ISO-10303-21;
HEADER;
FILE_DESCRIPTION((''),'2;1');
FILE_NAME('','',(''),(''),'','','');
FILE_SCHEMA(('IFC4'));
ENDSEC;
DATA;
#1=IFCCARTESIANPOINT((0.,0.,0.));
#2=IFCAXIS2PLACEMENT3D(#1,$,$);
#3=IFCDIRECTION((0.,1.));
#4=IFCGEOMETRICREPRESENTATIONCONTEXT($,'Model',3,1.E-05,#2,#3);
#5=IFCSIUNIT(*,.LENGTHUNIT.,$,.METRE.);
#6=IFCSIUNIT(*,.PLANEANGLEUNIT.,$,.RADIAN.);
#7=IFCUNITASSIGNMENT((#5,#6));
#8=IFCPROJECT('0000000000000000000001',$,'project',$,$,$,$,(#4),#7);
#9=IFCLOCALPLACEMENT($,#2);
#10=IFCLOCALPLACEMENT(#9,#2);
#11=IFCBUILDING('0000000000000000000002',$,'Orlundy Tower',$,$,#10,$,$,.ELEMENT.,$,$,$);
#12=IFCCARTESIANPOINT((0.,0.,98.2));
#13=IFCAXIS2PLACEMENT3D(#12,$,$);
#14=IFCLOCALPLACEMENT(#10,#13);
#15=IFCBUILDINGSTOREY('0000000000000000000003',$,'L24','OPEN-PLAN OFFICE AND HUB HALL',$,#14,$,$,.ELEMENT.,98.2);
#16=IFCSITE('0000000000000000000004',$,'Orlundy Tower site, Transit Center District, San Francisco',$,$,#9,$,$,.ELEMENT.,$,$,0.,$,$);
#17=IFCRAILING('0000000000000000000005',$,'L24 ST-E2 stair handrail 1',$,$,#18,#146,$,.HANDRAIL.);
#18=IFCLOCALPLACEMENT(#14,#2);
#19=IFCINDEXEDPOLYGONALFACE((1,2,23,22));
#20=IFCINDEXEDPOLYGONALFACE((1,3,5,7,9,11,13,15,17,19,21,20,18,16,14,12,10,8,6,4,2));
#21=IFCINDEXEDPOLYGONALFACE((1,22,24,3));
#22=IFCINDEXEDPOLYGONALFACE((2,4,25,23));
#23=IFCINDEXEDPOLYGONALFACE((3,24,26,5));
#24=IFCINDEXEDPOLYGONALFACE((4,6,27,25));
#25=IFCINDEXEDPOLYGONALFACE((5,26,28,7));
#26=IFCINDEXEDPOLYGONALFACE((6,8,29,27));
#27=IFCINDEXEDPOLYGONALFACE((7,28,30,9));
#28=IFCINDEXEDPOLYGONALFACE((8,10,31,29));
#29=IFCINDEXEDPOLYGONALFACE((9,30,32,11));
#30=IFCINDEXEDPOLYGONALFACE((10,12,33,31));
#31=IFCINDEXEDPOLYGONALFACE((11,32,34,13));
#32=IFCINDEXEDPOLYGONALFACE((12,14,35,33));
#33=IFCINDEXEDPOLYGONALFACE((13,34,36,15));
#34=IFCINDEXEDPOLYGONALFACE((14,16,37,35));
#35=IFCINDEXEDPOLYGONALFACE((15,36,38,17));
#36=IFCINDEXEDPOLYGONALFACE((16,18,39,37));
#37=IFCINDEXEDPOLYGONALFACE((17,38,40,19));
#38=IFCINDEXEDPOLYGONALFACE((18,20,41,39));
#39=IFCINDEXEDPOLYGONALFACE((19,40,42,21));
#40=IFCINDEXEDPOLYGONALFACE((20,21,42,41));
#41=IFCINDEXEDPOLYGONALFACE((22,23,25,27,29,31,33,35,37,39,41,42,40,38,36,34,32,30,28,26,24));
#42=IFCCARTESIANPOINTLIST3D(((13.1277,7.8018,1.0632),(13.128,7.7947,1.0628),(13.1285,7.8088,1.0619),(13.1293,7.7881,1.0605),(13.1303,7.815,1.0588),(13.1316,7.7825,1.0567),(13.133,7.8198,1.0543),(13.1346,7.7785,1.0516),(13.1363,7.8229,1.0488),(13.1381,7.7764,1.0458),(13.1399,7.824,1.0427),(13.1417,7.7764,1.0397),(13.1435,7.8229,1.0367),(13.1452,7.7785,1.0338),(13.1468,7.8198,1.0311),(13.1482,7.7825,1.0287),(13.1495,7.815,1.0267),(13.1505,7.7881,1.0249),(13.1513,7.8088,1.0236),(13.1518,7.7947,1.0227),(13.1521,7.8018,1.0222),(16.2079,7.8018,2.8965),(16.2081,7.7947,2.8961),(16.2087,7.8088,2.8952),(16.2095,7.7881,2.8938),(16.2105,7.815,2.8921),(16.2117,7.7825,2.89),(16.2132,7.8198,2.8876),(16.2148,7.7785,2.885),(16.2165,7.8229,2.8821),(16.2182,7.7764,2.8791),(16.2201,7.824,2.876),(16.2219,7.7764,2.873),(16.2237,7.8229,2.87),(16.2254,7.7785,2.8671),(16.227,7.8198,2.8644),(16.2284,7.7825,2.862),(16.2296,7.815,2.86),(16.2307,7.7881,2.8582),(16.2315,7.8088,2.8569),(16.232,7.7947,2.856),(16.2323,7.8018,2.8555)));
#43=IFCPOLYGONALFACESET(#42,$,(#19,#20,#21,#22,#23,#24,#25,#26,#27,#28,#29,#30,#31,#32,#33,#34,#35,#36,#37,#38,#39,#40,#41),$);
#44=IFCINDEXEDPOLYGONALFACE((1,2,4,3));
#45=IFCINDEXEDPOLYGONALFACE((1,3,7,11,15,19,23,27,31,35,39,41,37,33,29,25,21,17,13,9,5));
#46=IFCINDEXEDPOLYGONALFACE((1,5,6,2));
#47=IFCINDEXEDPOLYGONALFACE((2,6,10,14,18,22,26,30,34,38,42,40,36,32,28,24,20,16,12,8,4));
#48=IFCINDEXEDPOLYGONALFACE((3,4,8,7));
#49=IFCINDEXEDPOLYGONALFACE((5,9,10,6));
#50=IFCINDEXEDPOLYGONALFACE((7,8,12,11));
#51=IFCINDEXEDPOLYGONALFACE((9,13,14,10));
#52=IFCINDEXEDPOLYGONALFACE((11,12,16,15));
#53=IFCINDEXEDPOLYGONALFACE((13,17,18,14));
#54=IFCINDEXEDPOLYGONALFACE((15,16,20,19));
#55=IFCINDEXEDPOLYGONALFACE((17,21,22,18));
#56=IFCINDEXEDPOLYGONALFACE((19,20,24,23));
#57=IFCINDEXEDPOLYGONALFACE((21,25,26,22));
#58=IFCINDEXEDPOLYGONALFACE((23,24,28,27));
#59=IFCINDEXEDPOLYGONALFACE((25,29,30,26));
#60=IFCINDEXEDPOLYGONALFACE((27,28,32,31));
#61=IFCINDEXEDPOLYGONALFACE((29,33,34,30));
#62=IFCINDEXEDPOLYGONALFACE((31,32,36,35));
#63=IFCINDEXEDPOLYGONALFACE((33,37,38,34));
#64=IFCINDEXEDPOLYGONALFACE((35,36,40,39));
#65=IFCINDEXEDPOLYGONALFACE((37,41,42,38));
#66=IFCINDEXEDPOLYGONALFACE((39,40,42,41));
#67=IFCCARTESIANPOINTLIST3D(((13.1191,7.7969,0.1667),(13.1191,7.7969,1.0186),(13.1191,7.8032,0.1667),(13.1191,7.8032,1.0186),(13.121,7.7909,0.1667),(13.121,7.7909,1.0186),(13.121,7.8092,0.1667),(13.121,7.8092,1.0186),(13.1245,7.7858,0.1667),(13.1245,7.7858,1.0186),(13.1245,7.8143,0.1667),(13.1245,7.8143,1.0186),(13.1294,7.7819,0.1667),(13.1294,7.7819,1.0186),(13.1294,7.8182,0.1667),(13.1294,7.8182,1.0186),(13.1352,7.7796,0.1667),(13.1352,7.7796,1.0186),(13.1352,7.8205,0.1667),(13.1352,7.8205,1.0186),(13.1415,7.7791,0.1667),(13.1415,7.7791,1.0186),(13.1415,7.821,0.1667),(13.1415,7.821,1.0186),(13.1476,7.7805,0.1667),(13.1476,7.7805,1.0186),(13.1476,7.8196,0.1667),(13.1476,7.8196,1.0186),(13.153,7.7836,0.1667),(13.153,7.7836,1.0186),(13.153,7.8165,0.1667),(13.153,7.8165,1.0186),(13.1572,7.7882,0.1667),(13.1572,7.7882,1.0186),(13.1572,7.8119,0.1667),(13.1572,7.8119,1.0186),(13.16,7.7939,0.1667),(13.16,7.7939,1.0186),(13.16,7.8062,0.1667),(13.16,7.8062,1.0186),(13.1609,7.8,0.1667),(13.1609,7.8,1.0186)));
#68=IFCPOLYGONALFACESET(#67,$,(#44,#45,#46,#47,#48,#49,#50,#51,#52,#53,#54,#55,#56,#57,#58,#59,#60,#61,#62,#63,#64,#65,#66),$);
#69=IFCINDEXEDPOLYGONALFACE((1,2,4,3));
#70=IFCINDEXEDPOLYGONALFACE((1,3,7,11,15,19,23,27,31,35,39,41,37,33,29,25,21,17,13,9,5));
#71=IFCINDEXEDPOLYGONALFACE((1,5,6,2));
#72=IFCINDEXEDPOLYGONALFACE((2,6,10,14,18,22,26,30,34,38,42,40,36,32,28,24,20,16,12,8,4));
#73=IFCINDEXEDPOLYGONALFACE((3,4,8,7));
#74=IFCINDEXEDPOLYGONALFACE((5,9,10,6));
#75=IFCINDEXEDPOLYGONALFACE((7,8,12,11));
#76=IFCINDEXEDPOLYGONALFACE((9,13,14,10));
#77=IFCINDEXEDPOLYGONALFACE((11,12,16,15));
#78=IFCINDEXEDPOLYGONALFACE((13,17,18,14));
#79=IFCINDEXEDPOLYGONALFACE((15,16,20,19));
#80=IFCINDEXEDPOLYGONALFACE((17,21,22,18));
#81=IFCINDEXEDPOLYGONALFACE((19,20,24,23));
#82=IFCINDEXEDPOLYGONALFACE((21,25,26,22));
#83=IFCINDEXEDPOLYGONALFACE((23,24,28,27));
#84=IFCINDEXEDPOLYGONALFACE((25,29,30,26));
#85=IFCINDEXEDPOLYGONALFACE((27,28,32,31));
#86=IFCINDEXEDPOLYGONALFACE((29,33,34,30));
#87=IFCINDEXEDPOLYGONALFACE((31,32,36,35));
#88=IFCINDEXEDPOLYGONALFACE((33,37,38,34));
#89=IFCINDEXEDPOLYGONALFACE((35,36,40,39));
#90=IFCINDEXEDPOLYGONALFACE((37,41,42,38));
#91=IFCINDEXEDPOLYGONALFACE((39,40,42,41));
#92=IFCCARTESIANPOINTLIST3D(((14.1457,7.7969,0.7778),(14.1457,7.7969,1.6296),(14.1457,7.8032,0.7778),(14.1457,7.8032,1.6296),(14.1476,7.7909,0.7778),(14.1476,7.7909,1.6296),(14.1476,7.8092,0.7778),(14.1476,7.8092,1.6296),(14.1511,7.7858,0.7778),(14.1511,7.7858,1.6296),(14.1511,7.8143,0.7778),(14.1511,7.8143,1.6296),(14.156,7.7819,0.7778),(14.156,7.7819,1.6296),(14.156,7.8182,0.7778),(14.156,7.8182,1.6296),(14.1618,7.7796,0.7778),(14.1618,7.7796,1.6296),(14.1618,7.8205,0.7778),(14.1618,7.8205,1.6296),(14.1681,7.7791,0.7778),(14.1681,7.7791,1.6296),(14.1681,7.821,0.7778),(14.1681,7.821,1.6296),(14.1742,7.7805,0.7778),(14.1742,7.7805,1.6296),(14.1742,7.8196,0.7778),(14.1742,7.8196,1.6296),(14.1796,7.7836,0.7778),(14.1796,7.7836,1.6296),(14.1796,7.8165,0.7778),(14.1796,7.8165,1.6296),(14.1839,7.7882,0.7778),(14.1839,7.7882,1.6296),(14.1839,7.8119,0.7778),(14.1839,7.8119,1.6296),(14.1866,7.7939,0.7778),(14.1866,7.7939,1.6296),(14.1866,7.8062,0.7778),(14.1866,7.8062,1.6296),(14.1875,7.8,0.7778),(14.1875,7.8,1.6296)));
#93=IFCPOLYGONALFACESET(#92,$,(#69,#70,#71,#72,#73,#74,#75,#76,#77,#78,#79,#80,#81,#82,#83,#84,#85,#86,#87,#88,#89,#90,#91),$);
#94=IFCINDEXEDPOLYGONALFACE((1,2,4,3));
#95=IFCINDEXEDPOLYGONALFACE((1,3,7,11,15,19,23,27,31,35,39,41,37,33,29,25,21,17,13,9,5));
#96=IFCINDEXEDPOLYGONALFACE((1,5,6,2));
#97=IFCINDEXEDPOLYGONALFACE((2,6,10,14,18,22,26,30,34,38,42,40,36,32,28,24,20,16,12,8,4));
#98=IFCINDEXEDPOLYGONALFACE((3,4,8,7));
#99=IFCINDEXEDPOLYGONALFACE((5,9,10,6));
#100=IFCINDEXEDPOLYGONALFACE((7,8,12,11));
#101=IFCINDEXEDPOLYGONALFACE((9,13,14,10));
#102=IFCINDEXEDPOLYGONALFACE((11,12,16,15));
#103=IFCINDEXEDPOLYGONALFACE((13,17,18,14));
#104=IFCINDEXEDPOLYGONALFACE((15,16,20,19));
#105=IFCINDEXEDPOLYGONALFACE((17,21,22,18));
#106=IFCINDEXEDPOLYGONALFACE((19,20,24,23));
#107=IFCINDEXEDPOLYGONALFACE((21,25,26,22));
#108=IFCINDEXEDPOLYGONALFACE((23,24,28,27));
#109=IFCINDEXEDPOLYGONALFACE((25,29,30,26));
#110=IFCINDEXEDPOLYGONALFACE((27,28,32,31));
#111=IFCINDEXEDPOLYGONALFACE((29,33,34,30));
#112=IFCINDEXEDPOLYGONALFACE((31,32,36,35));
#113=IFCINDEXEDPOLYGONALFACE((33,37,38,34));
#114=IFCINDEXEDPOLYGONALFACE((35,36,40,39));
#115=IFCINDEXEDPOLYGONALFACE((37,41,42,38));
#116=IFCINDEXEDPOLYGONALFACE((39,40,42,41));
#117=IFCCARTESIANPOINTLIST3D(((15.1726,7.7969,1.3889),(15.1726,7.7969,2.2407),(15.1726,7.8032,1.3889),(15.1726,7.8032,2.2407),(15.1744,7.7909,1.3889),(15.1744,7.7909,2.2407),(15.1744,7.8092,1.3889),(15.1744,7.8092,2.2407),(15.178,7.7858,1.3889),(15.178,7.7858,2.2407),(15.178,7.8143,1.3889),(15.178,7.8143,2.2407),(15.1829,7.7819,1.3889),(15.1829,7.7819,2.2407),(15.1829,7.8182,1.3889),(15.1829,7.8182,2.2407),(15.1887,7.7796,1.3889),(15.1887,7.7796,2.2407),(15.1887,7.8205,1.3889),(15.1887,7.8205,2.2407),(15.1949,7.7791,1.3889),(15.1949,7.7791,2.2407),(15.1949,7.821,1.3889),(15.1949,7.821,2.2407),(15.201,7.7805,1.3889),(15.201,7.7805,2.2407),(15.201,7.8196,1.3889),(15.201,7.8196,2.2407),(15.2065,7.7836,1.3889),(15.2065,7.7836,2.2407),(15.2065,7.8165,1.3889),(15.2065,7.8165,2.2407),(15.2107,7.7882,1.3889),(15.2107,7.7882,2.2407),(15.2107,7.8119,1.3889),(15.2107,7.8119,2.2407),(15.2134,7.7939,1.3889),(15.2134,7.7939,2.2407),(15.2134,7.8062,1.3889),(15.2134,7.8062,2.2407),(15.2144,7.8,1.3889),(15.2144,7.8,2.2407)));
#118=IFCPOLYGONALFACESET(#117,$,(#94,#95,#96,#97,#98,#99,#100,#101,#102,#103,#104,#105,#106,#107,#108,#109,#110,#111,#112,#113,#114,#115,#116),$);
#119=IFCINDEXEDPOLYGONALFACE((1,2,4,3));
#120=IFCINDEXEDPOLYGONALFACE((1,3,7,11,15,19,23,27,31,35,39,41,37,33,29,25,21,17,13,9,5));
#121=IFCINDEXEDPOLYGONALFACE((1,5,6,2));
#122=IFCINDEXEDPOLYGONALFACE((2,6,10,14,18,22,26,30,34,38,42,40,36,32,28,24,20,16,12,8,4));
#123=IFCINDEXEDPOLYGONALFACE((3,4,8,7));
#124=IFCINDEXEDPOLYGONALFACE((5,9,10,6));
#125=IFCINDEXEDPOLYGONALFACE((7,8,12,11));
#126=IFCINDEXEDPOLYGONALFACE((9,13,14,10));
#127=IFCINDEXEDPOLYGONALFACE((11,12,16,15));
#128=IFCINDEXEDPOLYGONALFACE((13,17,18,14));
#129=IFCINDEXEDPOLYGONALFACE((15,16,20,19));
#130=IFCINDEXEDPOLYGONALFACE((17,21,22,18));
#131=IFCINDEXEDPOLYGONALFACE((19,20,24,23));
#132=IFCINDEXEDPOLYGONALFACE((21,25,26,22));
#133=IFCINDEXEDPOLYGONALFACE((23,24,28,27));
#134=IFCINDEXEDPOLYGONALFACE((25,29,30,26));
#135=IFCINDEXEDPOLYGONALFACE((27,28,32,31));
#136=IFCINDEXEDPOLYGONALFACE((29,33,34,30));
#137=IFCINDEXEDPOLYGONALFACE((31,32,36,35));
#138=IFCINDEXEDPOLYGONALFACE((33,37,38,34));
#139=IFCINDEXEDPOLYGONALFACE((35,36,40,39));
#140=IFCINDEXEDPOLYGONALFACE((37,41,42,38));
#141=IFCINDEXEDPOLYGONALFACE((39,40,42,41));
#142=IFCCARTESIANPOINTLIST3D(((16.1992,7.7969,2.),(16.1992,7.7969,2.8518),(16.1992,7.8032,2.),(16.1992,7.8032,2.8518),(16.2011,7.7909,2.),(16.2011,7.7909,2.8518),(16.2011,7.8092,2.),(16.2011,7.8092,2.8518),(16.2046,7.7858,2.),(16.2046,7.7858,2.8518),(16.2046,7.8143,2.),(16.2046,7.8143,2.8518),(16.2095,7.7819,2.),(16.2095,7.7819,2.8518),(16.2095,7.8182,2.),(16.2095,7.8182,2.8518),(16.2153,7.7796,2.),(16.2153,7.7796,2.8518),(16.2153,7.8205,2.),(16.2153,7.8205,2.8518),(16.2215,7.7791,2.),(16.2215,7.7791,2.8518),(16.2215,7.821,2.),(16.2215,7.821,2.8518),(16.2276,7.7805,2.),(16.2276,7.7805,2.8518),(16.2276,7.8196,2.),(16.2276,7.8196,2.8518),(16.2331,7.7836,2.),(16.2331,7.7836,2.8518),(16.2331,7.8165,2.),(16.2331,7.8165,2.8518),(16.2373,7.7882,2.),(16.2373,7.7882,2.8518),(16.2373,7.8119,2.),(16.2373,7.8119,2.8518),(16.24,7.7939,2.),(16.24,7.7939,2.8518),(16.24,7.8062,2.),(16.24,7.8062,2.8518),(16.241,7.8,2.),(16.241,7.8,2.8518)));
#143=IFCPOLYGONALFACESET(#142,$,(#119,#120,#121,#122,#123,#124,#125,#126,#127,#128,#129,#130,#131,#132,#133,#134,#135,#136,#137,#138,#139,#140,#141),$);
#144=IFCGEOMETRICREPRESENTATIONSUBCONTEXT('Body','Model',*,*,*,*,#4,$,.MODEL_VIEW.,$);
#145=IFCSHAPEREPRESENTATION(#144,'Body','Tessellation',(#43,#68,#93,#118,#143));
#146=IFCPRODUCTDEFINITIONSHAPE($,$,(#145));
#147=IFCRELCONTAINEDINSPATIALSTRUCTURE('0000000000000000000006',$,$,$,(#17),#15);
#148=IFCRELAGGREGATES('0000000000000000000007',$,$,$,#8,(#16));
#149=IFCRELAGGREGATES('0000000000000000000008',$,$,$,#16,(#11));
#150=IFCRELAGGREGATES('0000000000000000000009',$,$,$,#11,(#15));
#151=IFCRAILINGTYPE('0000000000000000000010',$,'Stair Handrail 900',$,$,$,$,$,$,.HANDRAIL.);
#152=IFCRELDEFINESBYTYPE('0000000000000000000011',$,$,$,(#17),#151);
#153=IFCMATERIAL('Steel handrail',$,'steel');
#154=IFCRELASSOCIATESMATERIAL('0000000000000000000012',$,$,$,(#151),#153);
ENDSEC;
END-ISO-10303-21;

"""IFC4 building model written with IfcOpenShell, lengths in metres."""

from ifc_helpers import new_model, si_unit, direction, frame, origin, origin_2d, place, context, subcontext, project, spatial, circle, extrude, material, type_object, element, save


model = new_model("IFC4")

# Units and contexts
model_context = context("Model", 3, precision=1e-05, world=origin(), true_north=direction((0.0, 1.0)))
body_context = subcontext(model_context, "Body", "Model", "MODEL_VIEW")
ifc_project = project(units=[si_unit("LENGTHUNIT", "METRE"), si_unit("PLANEANGLEUNIT", "RADIAN")], contexts=[model_context])

# Site, building, storey
site_placement = place(None, origin())
site = spatial("IfcSite", under=ifc_project, at=site_placement, Name="Orlundy Tower site, Transit Center District, San Francisco", CompositionType="ELEMENT", RefElevation=0.0)
building_placement = place(site_placement, origin())
building = spatial("IfcBuilding", under=site, at=building_placement, Name="Orlundy Tower", CompositionType="ELEMENT")
storey_placement = place(building_placement, frame((0.0, 0.0, 98.2)))
storey = spatial("IfcBuildingStorey", under=building, at=storey_placement, Name="L24", Description="OPEN-PLAN OFFICE AND HUB HALL", CompositionType="ELEMENT", Elevation=98.2)

# Railing
ifc_material_1 = material(Name="Steel handrail", Category="steel")
railing_type_1 = type_object("IfcRailingType", Name="Stair Handrail 900", PredefinedType="HANDRAIL", material=ifc_material_1)
railing_1_placement = place(storey_placement, frame((13.1399, 7.8, 0.1667)))
element("IfcRailing", 1, at=railing_1_placement, inside=storey, type_object=railing_type_1, Name="L24 ST-E2 stair handrail 1", PredefinedType="HANDRAIL", context=body_context, shape_type="SweptSolid", body=[
    extrude(circle(Radius=0.0239, at=origin_2d()), frame((0.0, 0.0, 0.876), z_axis=(0.859309, 0.0, 0.511458), x_axis=(0.0, 1.0, 0.0)), (0.0, 0.0, 1.0), 3.5845),
    extrude(circle(Radius=0.021, at=origin_2d()), origin(), (0.0, 0.0, 1.0), 0.8518),
    extrude(circle(Radius=0.021, at=origin_2d()), frame((1.0266, 0.0, 0.6111)), (0.0, 0.0, 1.0), 0.8518),
    extrude(circle(Radius=0.021, at=origin_2d()), frame((2.0535, 0.0, 1.2222)), (0.0, 0.0, 1.0), 0.8518),
    extrude(circle(Radius=0.021, at=origin_2d()), frame((3.0801, 0.0, 1.8333)), (0.0, 0.0, 1.0), 0.8518),
])

save(model, "model.ifc")
